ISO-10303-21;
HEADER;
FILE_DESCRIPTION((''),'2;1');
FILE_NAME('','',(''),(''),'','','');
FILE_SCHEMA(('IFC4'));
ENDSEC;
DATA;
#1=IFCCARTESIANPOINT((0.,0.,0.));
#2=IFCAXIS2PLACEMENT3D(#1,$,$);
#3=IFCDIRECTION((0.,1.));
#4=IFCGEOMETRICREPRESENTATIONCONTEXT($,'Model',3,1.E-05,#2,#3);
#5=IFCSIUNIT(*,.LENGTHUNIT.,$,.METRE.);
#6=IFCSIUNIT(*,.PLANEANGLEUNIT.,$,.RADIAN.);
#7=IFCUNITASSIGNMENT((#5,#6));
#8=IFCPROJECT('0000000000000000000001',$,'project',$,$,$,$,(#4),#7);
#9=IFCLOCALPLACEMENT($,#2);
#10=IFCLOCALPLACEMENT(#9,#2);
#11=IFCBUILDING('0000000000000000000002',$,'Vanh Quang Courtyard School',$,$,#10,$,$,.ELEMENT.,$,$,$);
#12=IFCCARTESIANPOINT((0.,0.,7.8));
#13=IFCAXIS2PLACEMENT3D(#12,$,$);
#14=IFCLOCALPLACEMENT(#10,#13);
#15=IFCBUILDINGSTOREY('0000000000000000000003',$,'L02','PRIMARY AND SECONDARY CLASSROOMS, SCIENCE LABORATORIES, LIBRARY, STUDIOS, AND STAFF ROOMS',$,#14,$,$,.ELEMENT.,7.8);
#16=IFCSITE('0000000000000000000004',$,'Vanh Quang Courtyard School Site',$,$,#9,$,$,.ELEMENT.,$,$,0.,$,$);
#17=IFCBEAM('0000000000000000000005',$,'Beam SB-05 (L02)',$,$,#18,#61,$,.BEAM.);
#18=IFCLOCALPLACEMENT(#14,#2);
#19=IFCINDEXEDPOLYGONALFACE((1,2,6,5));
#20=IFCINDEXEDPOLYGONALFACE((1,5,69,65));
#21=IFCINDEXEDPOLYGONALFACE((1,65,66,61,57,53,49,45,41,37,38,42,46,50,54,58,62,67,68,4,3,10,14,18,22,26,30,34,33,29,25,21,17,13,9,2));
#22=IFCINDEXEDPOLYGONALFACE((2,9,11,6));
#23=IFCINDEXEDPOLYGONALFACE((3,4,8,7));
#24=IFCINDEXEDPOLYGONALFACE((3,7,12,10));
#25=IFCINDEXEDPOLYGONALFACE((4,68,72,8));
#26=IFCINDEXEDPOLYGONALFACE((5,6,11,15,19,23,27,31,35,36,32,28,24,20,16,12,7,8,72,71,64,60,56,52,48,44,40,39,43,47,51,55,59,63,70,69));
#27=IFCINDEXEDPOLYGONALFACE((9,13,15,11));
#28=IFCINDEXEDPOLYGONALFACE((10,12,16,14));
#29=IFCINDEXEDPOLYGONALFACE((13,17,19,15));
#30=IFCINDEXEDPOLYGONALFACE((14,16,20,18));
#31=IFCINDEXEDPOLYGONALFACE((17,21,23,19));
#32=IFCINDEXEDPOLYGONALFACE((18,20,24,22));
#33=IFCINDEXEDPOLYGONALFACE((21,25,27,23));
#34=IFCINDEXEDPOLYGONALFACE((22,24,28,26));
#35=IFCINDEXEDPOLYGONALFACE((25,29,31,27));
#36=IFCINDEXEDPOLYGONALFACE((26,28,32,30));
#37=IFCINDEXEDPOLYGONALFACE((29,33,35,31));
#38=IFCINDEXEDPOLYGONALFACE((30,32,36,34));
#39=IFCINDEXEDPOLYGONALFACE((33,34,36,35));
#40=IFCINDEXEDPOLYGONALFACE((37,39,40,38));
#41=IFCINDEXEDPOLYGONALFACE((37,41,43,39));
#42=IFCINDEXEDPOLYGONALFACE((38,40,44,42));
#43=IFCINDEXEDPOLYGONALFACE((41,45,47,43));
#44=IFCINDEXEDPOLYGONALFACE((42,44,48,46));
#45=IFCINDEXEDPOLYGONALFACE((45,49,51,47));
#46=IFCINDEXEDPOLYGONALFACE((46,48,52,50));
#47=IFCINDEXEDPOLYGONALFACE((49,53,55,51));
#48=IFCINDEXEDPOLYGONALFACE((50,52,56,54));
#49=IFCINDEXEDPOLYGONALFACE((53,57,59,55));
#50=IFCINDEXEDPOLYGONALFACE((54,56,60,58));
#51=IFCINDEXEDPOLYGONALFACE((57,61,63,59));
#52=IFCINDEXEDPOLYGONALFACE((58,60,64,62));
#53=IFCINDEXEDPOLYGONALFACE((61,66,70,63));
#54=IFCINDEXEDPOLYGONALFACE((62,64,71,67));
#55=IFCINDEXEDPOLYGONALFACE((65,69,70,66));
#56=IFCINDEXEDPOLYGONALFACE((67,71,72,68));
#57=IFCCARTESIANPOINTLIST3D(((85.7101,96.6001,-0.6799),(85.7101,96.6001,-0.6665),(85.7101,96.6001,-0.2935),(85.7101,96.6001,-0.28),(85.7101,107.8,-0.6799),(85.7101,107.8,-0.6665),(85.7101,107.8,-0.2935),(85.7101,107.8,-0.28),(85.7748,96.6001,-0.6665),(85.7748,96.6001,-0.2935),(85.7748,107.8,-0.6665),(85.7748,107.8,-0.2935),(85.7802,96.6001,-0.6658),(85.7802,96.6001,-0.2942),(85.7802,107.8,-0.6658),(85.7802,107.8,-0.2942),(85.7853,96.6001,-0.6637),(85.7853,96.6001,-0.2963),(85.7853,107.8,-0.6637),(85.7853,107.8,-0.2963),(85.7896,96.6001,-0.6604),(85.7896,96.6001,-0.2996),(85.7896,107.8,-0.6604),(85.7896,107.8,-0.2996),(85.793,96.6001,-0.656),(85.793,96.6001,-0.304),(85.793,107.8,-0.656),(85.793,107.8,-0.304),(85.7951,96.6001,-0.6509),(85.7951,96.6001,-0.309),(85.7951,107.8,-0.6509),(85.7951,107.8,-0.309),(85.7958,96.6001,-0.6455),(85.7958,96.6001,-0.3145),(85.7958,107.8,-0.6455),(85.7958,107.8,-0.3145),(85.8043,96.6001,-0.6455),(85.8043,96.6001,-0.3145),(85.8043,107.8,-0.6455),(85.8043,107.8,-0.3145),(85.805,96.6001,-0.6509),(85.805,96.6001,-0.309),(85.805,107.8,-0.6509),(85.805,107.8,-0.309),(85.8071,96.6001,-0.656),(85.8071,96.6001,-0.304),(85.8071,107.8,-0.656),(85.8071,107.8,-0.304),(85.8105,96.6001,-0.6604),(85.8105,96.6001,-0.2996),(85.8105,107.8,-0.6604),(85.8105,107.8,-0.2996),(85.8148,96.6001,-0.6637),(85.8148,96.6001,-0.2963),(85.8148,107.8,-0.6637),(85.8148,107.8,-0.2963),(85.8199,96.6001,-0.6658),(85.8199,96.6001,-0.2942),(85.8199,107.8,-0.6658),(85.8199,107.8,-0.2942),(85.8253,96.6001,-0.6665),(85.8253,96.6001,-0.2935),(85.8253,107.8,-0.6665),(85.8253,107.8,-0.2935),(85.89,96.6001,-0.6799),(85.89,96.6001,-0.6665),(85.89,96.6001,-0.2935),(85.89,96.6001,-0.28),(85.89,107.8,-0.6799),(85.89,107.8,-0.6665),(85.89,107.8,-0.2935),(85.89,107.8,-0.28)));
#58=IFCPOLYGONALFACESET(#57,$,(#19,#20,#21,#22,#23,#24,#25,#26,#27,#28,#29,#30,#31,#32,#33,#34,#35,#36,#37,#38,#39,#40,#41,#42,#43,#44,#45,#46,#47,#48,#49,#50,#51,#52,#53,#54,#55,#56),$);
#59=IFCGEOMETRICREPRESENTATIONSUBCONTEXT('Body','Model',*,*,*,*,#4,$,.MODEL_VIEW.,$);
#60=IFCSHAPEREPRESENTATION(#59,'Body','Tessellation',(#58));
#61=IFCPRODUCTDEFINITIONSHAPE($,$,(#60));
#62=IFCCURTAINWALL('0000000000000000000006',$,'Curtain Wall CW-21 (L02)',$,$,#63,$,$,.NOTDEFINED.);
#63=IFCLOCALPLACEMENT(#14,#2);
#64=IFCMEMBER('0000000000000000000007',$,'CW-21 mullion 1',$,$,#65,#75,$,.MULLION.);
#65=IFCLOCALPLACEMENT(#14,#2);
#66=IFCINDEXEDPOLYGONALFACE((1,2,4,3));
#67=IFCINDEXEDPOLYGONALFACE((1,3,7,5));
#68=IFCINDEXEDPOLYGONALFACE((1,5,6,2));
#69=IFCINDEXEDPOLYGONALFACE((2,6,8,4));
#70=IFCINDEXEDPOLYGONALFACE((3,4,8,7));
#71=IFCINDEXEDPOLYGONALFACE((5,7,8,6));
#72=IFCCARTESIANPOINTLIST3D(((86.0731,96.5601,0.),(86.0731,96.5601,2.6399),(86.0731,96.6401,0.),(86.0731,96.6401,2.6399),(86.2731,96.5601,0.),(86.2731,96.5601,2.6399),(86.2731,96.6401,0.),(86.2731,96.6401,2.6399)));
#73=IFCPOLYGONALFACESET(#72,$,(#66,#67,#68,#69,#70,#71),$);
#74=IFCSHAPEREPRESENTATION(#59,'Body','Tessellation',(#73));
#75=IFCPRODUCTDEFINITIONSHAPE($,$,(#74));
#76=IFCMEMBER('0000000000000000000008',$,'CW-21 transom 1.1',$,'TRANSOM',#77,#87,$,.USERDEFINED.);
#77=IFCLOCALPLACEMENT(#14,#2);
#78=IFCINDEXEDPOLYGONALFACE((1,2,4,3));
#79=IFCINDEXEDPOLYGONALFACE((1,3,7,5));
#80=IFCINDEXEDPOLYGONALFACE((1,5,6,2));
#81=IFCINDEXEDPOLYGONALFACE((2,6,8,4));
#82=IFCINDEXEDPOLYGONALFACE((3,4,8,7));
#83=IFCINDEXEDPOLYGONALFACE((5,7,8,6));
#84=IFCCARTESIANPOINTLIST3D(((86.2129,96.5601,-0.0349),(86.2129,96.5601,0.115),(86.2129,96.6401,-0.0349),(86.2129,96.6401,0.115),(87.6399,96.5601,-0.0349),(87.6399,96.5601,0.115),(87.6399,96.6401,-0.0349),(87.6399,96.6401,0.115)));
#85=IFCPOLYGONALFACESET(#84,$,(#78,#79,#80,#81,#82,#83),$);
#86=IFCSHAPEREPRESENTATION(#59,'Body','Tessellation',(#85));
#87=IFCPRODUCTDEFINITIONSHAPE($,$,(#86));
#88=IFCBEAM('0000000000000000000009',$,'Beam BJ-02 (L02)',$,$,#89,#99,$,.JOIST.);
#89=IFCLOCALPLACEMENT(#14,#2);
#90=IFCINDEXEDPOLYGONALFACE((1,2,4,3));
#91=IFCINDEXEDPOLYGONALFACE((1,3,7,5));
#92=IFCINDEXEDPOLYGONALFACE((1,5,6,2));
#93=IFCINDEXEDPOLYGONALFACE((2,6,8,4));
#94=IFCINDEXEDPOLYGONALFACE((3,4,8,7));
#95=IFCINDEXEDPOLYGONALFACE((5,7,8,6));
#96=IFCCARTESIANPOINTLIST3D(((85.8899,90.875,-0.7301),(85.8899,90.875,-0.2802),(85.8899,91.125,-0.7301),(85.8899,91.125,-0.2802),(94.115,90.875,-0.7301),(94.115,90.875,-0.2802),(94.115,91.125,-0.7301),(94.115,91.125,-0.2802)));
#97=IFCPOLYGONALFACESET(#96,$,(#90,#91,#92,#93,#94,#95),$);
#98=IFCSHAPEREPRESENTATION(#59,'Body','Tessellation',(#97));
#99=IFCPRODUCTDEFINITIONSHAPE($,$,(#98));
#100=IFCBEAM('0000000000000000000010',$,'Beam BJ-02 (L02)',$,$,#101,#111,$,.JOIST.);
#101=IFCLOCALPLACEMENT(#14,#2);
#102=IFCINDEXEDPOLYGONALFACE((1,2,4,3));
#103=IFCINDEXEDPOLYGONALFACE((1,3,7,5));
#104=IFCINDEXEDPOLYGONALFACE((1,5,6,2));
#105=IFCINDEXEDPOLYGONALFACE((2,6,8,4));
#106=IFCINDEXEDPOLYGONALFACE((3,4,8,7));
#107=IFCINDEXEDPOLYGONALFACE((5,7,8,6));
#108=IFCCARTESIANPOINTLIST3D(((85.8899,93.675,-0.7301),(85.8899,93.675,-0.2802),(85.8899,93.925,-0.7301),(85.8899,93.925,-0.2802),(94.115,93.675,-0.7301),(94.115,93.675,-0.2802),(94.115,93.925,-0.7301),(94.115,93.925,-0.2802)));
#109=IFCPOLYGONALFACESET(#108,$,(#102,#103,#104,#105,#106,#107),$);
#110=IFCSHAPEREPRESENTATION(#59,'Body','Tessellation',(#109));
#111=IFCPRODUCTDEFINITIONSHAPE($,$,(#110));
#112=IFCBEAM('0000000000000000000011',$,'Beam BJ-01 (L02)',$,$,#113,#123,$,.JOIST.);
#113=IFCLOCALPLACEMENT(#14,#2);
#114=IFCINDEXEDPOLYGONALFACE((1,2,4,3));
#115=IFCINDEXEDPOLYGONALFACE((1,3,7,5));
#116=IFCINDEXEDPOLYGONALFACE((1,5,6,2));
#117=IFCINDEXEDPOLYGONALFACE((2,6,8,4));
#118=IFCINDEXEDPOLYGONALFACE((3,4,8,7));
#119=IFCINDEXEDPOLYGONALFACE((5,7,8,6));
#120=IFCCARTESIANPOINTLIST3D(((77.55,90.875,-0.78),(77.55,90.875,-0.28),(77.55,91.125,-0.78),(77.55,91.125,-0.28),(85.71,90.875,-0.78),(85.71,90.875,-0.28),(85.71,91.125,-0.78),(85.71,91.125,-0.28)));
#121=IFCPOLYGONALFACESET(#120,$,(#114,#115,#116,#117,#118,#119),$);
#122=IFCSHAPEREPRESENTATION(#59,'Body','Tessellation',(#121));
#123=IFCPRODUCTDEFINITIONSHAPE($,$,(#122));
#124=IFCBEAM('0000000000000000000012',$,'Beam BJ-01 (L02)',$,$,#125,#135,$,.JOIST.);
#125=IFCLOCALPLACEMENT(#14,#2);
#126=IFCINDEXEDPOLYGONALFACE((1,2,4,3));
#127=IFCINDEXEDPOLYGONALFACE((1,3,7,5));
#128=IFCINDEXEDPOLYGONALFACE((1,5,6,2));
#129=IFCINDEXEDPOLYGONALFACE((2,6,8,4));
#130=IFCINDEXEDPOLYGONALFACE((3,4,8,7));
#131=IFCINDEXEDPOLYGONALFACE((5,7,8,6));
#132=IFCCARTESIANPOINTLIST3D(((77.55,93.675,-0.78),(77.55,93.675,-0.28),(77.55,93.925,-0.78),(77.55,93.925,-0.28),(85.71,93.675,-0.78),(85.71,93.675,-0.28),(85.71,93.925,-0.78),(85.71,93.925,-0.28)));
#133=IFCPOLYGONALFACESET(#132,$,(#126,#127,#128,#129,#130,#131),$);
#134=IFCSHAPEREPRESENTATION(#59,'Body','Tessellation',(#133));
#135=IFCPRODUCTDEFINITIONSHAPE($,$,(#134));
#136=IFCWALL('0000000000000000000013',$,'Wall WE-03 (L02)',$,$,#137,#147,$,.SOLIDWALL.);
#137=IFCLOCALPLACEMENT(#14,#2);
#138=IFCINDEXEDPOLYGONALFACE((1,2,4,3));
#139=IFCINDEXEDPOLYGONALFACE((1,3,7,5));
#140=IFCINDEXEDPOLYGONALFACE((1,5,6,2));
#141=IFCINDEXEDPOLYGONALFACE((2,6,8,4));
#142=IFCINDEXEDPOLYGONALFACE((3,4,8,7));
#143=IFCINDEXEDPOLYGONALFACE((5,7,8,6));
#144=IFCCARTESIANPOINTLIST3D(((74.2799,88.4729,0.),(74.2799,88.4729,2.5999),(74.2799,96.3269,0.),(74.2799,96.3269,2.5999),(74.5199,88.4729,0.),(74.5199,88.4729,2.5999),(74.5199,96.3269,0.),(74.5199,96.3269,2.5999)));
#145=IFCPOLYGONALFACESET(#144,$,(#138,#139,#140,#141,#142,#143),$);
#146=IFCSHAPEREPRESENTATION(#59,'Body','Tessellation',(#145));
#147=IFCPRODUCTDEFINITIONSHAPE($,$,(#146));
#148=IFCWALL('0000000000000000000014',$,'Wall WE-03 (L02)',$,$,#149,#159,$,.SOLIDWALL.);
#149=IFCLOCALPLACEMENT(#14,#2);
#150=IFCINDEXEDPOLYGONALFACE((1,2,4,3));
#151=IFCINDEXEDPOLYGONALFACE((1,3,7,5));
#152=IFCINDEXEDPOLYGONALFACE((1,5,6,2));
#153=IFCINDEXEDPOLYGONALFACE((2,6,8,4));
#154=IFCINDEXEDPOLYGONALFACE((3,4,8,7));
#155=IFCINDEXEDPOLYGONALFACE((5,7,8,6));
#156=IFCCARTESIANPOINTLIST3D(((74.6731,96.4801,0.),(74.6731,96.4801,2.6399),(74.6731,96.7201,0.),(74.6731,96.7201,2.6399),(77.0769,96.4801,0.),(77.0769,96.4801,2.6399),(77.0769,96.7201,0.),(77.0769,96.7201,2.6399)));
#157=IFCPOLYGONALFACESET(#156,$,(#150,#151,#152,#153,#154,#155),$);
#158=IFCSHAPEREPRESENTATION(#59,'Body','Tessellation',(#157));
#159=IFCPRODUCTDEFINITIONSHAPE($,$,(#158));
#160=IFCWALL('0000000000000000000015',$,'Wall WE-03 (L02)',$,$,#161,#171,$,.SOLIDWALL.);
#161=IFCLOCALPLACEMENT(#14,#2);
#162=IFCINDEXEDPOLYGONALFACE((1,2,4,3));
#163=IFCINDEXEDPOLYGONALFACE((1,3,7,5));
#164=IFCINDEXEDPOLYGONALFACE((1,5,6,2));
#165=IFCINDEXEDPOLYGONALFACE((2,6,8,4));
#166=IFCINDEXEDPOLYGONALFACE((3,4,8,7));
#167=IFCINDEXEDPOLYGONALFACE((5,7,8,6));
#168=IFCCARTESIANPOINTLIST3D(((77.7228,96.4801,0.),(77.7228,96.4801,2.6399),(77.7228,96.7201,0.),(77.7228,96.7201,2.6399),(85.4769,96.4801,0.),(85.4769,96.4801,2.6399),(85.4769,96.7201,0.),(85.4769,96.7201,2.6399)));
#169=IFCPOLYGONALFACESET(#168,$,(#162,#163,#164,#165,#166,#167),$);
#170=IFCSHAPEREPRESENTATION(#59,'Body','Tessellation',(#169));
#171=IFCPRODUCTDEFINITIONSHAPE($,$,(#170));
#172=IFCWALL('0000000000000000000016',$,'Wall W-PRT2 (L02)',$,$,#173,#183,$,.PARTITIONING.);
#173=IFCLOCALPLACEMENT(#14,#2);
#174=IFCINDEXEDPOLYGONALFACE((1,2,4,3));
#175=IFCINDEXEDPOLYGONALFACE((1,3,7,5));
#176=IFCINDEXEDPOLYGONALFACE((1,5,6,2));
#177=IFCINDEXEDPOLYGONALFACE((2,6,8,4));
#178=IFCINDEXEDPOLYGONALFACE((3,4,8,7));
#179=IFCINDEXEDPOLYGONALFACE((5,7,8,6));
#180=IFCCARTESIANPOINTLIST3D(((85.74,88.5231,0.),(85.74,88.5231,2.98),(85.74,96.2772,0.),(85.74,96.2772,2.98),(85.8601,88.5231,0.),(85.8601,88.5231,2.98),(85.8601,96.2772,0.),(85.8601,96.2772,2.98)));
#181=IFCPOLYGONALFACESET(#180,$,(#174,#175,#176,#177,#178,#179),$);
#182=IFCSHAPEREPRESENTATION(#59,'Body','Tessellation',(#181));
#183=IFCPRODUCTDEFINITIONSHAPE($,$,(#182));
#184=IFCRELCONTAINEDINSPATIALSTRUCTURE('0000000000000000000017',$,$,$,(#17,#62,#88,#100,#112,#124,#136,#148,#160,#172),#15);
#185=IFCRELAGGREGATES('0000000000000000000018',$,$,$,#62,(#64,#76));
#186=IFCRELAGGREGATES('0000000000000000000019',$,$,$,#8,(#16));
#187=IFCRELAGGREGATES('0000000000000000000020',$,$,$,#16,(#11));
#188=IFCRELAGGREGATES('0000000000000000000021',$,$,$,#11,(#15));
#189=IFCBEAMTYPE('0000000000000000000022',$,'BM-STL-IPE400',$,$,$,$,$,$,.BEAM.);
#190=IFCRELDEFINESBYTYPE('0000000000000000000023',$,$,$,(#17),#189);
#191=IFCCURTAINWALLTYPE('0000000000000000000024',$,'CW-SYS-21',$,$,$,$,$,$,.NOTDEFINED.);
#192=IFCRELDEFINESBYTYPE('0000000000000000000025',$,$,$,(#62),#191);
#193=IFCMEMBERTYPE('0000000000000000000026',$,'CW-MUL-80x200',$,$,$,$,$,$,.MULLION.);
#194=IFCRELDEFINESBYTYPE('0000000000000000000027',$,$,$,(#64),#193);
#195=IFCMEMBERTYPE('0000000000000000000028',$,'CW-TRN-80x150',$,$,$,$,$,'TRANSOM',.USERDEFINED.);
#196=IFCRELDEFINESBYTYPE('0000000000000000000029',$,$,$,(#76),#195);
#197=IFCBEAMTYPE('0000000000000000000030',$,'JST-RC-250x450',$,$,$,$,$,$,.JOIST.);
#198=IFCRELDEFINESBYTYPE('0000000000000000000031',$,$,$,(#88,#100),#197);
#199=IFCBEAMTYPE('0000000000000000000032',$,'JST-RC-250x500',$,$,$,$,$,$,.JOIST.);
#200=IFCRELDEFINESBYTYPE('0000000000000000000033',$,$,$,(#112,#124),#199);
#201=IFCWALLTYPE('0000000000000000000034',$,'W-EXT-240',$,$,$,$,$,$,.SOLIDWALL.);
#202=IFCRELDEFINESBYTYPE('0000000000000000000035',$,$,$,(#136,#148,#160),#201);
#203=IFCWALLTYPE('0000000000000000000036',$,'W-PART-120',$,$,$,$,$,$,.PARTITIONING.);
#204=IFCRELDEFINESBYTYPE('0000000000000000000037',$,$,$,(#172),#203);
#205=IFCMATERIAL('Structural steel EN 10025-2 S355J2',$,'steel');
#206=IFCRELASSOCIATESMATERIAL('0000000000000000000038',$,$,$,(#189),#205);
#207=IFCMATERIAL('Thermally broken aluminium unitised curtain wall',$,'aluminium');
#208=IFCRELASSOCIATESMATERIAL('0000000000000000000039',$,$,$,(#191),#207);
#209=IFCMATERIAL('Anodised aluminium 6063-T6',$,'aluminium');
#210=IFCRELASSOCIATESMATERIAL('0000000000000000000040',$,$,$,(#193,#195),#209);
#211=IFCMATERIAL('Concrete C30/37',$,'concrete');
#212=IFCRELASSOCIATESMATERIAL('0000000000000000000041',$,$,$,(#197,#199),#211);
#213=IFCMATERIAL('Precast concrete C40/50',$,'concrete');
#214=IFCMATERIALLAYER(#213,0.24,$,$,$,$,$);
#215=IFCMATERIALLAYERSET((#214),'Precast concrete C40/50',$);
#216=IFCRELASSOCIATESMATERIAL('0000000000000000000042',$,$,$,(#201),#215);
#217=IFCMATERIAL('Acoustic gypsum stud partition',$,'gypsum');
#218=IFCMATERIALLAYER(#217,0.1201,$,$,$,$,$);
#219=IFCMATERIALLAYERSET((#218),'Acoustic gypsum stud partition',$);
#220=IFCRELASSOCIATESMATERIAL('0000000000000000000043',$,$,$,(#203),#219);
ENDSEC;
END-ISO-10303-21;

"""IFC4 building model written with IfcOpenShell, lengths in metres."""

from ifc_helpers import new_model, si_unit, direction, frame, frame_2d, origin, origin_2d, place, context, subcontext, project, spatial, rectangle, i_section, extrude, material, layer, layer_set, material_profile, profile_set, type_object, element, aggregate, save


model = new_model("IFC4")

# Units and contexts
model_context = context("Model", 3, precision=1e-05, world=origin(), true_north=direction((0.0, 1.0)))
body_context = subcontext(model_context, "Body", "Model", "MODEL_VIEW")
ifc_project = project(units=[si_unit("LENGTHUNIT", "METRE"), si_unit("PLANEANGLEUNIT", "RADIAN")], contexts=[model_context])

# Site, building, storey
site_placement = place(None, origin())
site = spatial("IfcSite", under=ifc_project, at=site_placement, Name="Vanh Quang Courtyard School Site", CompositionType="ELEMENT", RefElevation=0.0)
building_placement = place(site_placement, origin())
building = spatial("IfcBuilding", under=site, at=building_placement, Name="Vanh Quang Courtyard School", CompositionType="ELEMENT")
storey_placement = place(building_placement, frame((0.0, 0.0, 7.8)))
storey = spatial("IfcBuildingStorey", under=building, at=storey_placement, Name="L02", Description="PRIMARY AND SECONDARY CLASSROOMS, SCIENCE LABORATORIES, LIBRARY, STUDIOS, AND STAFF ROOMS", CompositionType="ELEMENT", Elevation=7.8)

# Beam
ifc_material_1 = material(Name="Structural steel EN 10025-2 S355J2", Category="steel")
ifc_material_profile_1 = material_profile(ifc_material_1, i_section(OverallWidth=0.1799, OverallDepth=0.3999, WebThickness=0.0085, FlangeThickness=0.0134, FilletRadius=0.021, at=origin_2d()), Name="IPE 400")
ifc_profile_set_1 = profile_set([ifc_material_profile_1], Name="Structural steel EN 10025-2 S355J2")
beam_type_1 = type_object("IfcBeamType", Name="BM-STL-IPE400", PredefinedType="BEAM", material=ifc_profile_set_1)
beam_1_placement = place(storey_placement, frame((85.8, 96.6001, -0.48), z_axis=(0.0, 1.0, 0.0), x_axis=(-1.0, 0.0, 0.0)))
element("IfcBeam", 1, at=beam_1_placement, inside=storey, type_object=beam_type_1, Name="Beam SB-05 (L02)", PredefinedType="BEAM", context=body_context, shape_type="SweptSolid", body=[
    extrude(i_section(OverallWidth=0.1799, OverallDepth=0.3999, WebThickness=0.0085, FlangeThickness=0.0134, FilletRadius=0.021, at=origin_2d()), origin(), (0.0, 0.0, 1.0), 11.2),
])

# Curtain wall, members
ifc_material_2 = material(Name="Thermally broken aluminium unitised curtain wall", Category="aluminium")
curtain_wall_type = type_object("IfcCurtainWallType", Name="CW-SYS-21", PredefinedType="NOTDEFINED", material=ifc_material_2)
curtain_wall_placement = place(storey_placement, origin())
curtain_wall = element("IfcCurtainWall", 2, at=curtain_wall_placement, inside=storey, type_object=curtain_wall_type, Name="Curtain Wall CW-21 (L02)", PredefinedType="NOTDEFINED")
ifc_material_3 = material(Name="Anodised aluminium 6063-T6", Category="aluminium")
ifc_material_profile_2 = material_profile(ifc_material_3, rectangle(XDim=0.0801, YDim=0.2, at=origin_2d()), Name="ALU-MUL 80x200")
ifc_profile_set_2 = profile_set([ifc_material_profile_2], Name="Anodised aluminium 6063-T6")
member_type_1 = type_object("IfcMemberType", Name="CW-MUL-80x200", PredefinedType="MULLION", material=ifc_profile_set_2)
member_1_placement = place(storey_placement, frame((86.1731, 96.6001, 0.0), z_axis=(0.0, 0.0, 1.0), x_axis=(0.0, 1.0, 0.0)))
member_1 = element("IfcMember", 3, at=member_1_placement, type_object=member_type_1, Name="CW-21 mullion 1", PredefinedType="MULLION", context=body_context, shape_type="SweptSolid", body=[
    extrude(rectangle(XDim=0.0801, YDim=0.2, at=origin_2d()), origin(), (0.0, 0.0, 1.0), 2.6399),
])
ifc_material_profile_3 = material_profile(ifc_material_3, rectangle(XDim=0.0801, YDim=0.1499, at=origin_2d()), Name="ALU-TRN 80x150")
ifc_profile_set_3 = profile_set([ifc_material_profile_3], Name="Anodised aluminium 6063-T6")
member_type_2 = type_object("IfcMemberType", Name="CW-TRN-80x150", ElementType="TRANSOM", PredefinedType="USERDEFINED", material=ifc_profile_set_3)
member_2_placement = place(storey_placement, frame((86.2129, 96.6001, 0.04), z_axis=(1.0, 0.0, 0.0), x_axis=(0.0, 1.0, 0.0)))
member_2 = element("IfcMember", 4, at=member_2_placement, type_object=member_type_2, Name="CW-21 transom 1.1", ObjectType="TRANSOM", PredefinedType="USERDEFINED", context=body_context, shape_type="SweptSolid", body=[
    extrude(rectangle(XDim=0.0801, YDim=0.1499, at=origin_2d()), origin(), (0.0, 0.0, 1.0), 1.427),
])
aggregate(curtain_wall, [member_1, member_2])

# Beams
ifc_material_4 = material(Name="Concrete C30/37", Category="concrete")
ifc_material_profile_4 = material_profile(ifc_material_4, rectangle(XDim=0.25, YDim=0.45, at=origin_2d()), Name="RC-JST 250x450")
ifc_profile_set_4 = profile_set([ifc_material_profile_4], Name="Concrete C30/37")
beam_type_2 = type_object("IfcBeamType", Name="JST-RC-250x450", PredefinedType="JOIST", material=ifc_profile_set_4)
for number, where, z_axis, x_axis, name in (
    (5, (85.8899, 91.0, -0.5051), (1.0, 0.0, 0.0), (0.0, 1.0, 0.0), "Beam BJ-02 (L02)"),
    (6, (85.8899, 93.8, -0.5051), (1.0, 0.0, 0.0), (0.0, 1.0, 0.0), "Beam BJ-02 (L02)"),
):
    element("IfcBeam", number, at=place(storey_placement, frame(where, z_axis=z_axis, x_axis=x_axis)), inside=storey, type_object=beam_type_2, Name=name, PredefinedType="JOIST", context=body_context, shape_type="SweptSolid", body=[
        extrude(rectangle(XDim=0.25, YDim=0.45, at=origin_2d()), origin(), (0.0, 0.0, 1.0), 8.2251),
    ])
ifc_material_profile_5 = material_profile(ifc_material_4, rectangle(XDim=0.25, YDim=0.5, at=origin_2d()), Name="RC-JST 250x500")
ifc_profile_set_5 = profile_set([ifc_material_profile_5], Name="Concrete C30/37")
beam_type_3 = type_object("IfcBeamType", Name="JST-RC-250x500", PredefinedType="JOIST", material=ifc_profile_set_5)
for number, where, z_axis, x_axis, name in (
    (7, (77.55, 91.0, -0.53), (1.0, 0.0, 0.0), (0.0, 1.0, 0.0), "Beam BJ-01 (L02)"),
    (8, (77.55, 93.8, -0.53), (1.0, 0.0, 0.0), (0.0, 1.0, 0.0), "Beam BJ-01 (L02)"),
):
    element("IfcBeam", number, at=place(storey_placement, frame(where, z_axis=z_axis, x_axis=x_axis)), inside=storey, type_object=beam_type_3, Name=name, PredefinedType="JOIST", context=body_context, shape_type="SweptSolid", body=[
        extrude(rectangle(XDim=0.25, YDim=0.5, at=origin_2d()), origin(), (0.0, 0.0, 1.0), 8.1599),
    ])

# Walls
ifc_material_5 = material(Name="Precast concrete C40/50", Category="concrete")
ifc_layer_1 = layer(ifc_material_5, 0.24)
ifc_layer_set_1 = layer_set([ifc_layer_1], Name="Precast concrete C40/50")
wall_type_1 = type_object("IfcWallType", Name="W-EXT-240", PredefinedType="SOLIDWALL", material=ifc_layer_set_1)
wall_1_placement = place(storey_placement, frame((74.3999, 88.4729, 0.0), z_axis=(0.0, 0.0, 1.0), x_axis=(0.0, 1.0, 0.0)))
element("IfcWall", 9, at=wall_1_placement, inside=storey, type_object=wall_type_1, Name="Wall WE-03 (L02)", PredefinedType="SOLIDWALL", context=body_context, shape_type="SweptSolid", body=[
    extrude(rectangle(XDim=7.854, YDim=0.24, at=frame_2d((3.927, 0.0))), origin(), (0.0, 0.0, 1.0), 2.5999),
])
wall_2_placement = place(storey_placement, frame((74.6731, 96.6001, 0.0), z_axis=(0.0, 0.0, 1.0), x_axis=(1.0, 0.0, 0.0)))
element("IfcWall", 10, at=wall_2_placement, inside=storey, type_object=wall_type_1, Name="Wall WE-03 (L02)", PredefinedType="SOLIDWALL", context=body_context, shape_type="SweptSolid", body=[
    extrude(rectangle(XDim=2.4038, YDim=0.24, at=frame_2d((1.2019, 0.0))), origin(), (0.0, 0.0, 1.0), 2.6399),
])
wall_3_placement = place(storey_placement, frame((77.7229, 96.6001, 0.0), z_axis=(0.0, 0.0, 1.0), x_axis=(1.0, 0.0, 0.0)))
element("IfcWall", 11, at=wall_3_placement, inside=storey, type_object=wall_type_1, Name="Wall WE-03 (L02)", PredefinedType="SOLIDWALL", context=body_context, shape_type="SweptSolid", body=[
    extrude(rectangle(XDim=7.7542, YDim=0.24, at=frame_2d((3.877, 0.0))), origin(), (0.0, 0.0, 1.0), 2.6399),
])
ifc_material_6 = material(Name="Acoustic gypsum stud partition", Category="gypsum")
ifc_layer_2 = layer(ifc_material_6, 0.1201)
ifc_layer_set_2 = layer_set([ifc_layer_2], Name="Acoustic gypsum stud partition")
wall_type_2 = type_object("IfcWallType", Name="W-PART-120", PredefinedType="PARTITIONING", material=ifc_layer_set_2)
wall_4_placement = place(storey_placement, frame((85.8, 96.2771, 0.0), z_axis=(0.0, 0.0, 1.0), x_axis=(0.0, -1.0, 0.0)))
element("IfcWall", 12, at=wall_4_placement, inside=storey, type_object=wall_type_2, Name="Wall W-PRT2 (L02)", PredefinedType="PARTITIONING", context=body_context, shape_type="SweptSolid", body=[
    extrude(rectangle(XDim=7.7542, YDim=0.1201, at=frame_2d((3.877, 0.0))), origin(), (0.0, 0.0, 1.0), 2.98),
])

save(model, "model.ifc")
